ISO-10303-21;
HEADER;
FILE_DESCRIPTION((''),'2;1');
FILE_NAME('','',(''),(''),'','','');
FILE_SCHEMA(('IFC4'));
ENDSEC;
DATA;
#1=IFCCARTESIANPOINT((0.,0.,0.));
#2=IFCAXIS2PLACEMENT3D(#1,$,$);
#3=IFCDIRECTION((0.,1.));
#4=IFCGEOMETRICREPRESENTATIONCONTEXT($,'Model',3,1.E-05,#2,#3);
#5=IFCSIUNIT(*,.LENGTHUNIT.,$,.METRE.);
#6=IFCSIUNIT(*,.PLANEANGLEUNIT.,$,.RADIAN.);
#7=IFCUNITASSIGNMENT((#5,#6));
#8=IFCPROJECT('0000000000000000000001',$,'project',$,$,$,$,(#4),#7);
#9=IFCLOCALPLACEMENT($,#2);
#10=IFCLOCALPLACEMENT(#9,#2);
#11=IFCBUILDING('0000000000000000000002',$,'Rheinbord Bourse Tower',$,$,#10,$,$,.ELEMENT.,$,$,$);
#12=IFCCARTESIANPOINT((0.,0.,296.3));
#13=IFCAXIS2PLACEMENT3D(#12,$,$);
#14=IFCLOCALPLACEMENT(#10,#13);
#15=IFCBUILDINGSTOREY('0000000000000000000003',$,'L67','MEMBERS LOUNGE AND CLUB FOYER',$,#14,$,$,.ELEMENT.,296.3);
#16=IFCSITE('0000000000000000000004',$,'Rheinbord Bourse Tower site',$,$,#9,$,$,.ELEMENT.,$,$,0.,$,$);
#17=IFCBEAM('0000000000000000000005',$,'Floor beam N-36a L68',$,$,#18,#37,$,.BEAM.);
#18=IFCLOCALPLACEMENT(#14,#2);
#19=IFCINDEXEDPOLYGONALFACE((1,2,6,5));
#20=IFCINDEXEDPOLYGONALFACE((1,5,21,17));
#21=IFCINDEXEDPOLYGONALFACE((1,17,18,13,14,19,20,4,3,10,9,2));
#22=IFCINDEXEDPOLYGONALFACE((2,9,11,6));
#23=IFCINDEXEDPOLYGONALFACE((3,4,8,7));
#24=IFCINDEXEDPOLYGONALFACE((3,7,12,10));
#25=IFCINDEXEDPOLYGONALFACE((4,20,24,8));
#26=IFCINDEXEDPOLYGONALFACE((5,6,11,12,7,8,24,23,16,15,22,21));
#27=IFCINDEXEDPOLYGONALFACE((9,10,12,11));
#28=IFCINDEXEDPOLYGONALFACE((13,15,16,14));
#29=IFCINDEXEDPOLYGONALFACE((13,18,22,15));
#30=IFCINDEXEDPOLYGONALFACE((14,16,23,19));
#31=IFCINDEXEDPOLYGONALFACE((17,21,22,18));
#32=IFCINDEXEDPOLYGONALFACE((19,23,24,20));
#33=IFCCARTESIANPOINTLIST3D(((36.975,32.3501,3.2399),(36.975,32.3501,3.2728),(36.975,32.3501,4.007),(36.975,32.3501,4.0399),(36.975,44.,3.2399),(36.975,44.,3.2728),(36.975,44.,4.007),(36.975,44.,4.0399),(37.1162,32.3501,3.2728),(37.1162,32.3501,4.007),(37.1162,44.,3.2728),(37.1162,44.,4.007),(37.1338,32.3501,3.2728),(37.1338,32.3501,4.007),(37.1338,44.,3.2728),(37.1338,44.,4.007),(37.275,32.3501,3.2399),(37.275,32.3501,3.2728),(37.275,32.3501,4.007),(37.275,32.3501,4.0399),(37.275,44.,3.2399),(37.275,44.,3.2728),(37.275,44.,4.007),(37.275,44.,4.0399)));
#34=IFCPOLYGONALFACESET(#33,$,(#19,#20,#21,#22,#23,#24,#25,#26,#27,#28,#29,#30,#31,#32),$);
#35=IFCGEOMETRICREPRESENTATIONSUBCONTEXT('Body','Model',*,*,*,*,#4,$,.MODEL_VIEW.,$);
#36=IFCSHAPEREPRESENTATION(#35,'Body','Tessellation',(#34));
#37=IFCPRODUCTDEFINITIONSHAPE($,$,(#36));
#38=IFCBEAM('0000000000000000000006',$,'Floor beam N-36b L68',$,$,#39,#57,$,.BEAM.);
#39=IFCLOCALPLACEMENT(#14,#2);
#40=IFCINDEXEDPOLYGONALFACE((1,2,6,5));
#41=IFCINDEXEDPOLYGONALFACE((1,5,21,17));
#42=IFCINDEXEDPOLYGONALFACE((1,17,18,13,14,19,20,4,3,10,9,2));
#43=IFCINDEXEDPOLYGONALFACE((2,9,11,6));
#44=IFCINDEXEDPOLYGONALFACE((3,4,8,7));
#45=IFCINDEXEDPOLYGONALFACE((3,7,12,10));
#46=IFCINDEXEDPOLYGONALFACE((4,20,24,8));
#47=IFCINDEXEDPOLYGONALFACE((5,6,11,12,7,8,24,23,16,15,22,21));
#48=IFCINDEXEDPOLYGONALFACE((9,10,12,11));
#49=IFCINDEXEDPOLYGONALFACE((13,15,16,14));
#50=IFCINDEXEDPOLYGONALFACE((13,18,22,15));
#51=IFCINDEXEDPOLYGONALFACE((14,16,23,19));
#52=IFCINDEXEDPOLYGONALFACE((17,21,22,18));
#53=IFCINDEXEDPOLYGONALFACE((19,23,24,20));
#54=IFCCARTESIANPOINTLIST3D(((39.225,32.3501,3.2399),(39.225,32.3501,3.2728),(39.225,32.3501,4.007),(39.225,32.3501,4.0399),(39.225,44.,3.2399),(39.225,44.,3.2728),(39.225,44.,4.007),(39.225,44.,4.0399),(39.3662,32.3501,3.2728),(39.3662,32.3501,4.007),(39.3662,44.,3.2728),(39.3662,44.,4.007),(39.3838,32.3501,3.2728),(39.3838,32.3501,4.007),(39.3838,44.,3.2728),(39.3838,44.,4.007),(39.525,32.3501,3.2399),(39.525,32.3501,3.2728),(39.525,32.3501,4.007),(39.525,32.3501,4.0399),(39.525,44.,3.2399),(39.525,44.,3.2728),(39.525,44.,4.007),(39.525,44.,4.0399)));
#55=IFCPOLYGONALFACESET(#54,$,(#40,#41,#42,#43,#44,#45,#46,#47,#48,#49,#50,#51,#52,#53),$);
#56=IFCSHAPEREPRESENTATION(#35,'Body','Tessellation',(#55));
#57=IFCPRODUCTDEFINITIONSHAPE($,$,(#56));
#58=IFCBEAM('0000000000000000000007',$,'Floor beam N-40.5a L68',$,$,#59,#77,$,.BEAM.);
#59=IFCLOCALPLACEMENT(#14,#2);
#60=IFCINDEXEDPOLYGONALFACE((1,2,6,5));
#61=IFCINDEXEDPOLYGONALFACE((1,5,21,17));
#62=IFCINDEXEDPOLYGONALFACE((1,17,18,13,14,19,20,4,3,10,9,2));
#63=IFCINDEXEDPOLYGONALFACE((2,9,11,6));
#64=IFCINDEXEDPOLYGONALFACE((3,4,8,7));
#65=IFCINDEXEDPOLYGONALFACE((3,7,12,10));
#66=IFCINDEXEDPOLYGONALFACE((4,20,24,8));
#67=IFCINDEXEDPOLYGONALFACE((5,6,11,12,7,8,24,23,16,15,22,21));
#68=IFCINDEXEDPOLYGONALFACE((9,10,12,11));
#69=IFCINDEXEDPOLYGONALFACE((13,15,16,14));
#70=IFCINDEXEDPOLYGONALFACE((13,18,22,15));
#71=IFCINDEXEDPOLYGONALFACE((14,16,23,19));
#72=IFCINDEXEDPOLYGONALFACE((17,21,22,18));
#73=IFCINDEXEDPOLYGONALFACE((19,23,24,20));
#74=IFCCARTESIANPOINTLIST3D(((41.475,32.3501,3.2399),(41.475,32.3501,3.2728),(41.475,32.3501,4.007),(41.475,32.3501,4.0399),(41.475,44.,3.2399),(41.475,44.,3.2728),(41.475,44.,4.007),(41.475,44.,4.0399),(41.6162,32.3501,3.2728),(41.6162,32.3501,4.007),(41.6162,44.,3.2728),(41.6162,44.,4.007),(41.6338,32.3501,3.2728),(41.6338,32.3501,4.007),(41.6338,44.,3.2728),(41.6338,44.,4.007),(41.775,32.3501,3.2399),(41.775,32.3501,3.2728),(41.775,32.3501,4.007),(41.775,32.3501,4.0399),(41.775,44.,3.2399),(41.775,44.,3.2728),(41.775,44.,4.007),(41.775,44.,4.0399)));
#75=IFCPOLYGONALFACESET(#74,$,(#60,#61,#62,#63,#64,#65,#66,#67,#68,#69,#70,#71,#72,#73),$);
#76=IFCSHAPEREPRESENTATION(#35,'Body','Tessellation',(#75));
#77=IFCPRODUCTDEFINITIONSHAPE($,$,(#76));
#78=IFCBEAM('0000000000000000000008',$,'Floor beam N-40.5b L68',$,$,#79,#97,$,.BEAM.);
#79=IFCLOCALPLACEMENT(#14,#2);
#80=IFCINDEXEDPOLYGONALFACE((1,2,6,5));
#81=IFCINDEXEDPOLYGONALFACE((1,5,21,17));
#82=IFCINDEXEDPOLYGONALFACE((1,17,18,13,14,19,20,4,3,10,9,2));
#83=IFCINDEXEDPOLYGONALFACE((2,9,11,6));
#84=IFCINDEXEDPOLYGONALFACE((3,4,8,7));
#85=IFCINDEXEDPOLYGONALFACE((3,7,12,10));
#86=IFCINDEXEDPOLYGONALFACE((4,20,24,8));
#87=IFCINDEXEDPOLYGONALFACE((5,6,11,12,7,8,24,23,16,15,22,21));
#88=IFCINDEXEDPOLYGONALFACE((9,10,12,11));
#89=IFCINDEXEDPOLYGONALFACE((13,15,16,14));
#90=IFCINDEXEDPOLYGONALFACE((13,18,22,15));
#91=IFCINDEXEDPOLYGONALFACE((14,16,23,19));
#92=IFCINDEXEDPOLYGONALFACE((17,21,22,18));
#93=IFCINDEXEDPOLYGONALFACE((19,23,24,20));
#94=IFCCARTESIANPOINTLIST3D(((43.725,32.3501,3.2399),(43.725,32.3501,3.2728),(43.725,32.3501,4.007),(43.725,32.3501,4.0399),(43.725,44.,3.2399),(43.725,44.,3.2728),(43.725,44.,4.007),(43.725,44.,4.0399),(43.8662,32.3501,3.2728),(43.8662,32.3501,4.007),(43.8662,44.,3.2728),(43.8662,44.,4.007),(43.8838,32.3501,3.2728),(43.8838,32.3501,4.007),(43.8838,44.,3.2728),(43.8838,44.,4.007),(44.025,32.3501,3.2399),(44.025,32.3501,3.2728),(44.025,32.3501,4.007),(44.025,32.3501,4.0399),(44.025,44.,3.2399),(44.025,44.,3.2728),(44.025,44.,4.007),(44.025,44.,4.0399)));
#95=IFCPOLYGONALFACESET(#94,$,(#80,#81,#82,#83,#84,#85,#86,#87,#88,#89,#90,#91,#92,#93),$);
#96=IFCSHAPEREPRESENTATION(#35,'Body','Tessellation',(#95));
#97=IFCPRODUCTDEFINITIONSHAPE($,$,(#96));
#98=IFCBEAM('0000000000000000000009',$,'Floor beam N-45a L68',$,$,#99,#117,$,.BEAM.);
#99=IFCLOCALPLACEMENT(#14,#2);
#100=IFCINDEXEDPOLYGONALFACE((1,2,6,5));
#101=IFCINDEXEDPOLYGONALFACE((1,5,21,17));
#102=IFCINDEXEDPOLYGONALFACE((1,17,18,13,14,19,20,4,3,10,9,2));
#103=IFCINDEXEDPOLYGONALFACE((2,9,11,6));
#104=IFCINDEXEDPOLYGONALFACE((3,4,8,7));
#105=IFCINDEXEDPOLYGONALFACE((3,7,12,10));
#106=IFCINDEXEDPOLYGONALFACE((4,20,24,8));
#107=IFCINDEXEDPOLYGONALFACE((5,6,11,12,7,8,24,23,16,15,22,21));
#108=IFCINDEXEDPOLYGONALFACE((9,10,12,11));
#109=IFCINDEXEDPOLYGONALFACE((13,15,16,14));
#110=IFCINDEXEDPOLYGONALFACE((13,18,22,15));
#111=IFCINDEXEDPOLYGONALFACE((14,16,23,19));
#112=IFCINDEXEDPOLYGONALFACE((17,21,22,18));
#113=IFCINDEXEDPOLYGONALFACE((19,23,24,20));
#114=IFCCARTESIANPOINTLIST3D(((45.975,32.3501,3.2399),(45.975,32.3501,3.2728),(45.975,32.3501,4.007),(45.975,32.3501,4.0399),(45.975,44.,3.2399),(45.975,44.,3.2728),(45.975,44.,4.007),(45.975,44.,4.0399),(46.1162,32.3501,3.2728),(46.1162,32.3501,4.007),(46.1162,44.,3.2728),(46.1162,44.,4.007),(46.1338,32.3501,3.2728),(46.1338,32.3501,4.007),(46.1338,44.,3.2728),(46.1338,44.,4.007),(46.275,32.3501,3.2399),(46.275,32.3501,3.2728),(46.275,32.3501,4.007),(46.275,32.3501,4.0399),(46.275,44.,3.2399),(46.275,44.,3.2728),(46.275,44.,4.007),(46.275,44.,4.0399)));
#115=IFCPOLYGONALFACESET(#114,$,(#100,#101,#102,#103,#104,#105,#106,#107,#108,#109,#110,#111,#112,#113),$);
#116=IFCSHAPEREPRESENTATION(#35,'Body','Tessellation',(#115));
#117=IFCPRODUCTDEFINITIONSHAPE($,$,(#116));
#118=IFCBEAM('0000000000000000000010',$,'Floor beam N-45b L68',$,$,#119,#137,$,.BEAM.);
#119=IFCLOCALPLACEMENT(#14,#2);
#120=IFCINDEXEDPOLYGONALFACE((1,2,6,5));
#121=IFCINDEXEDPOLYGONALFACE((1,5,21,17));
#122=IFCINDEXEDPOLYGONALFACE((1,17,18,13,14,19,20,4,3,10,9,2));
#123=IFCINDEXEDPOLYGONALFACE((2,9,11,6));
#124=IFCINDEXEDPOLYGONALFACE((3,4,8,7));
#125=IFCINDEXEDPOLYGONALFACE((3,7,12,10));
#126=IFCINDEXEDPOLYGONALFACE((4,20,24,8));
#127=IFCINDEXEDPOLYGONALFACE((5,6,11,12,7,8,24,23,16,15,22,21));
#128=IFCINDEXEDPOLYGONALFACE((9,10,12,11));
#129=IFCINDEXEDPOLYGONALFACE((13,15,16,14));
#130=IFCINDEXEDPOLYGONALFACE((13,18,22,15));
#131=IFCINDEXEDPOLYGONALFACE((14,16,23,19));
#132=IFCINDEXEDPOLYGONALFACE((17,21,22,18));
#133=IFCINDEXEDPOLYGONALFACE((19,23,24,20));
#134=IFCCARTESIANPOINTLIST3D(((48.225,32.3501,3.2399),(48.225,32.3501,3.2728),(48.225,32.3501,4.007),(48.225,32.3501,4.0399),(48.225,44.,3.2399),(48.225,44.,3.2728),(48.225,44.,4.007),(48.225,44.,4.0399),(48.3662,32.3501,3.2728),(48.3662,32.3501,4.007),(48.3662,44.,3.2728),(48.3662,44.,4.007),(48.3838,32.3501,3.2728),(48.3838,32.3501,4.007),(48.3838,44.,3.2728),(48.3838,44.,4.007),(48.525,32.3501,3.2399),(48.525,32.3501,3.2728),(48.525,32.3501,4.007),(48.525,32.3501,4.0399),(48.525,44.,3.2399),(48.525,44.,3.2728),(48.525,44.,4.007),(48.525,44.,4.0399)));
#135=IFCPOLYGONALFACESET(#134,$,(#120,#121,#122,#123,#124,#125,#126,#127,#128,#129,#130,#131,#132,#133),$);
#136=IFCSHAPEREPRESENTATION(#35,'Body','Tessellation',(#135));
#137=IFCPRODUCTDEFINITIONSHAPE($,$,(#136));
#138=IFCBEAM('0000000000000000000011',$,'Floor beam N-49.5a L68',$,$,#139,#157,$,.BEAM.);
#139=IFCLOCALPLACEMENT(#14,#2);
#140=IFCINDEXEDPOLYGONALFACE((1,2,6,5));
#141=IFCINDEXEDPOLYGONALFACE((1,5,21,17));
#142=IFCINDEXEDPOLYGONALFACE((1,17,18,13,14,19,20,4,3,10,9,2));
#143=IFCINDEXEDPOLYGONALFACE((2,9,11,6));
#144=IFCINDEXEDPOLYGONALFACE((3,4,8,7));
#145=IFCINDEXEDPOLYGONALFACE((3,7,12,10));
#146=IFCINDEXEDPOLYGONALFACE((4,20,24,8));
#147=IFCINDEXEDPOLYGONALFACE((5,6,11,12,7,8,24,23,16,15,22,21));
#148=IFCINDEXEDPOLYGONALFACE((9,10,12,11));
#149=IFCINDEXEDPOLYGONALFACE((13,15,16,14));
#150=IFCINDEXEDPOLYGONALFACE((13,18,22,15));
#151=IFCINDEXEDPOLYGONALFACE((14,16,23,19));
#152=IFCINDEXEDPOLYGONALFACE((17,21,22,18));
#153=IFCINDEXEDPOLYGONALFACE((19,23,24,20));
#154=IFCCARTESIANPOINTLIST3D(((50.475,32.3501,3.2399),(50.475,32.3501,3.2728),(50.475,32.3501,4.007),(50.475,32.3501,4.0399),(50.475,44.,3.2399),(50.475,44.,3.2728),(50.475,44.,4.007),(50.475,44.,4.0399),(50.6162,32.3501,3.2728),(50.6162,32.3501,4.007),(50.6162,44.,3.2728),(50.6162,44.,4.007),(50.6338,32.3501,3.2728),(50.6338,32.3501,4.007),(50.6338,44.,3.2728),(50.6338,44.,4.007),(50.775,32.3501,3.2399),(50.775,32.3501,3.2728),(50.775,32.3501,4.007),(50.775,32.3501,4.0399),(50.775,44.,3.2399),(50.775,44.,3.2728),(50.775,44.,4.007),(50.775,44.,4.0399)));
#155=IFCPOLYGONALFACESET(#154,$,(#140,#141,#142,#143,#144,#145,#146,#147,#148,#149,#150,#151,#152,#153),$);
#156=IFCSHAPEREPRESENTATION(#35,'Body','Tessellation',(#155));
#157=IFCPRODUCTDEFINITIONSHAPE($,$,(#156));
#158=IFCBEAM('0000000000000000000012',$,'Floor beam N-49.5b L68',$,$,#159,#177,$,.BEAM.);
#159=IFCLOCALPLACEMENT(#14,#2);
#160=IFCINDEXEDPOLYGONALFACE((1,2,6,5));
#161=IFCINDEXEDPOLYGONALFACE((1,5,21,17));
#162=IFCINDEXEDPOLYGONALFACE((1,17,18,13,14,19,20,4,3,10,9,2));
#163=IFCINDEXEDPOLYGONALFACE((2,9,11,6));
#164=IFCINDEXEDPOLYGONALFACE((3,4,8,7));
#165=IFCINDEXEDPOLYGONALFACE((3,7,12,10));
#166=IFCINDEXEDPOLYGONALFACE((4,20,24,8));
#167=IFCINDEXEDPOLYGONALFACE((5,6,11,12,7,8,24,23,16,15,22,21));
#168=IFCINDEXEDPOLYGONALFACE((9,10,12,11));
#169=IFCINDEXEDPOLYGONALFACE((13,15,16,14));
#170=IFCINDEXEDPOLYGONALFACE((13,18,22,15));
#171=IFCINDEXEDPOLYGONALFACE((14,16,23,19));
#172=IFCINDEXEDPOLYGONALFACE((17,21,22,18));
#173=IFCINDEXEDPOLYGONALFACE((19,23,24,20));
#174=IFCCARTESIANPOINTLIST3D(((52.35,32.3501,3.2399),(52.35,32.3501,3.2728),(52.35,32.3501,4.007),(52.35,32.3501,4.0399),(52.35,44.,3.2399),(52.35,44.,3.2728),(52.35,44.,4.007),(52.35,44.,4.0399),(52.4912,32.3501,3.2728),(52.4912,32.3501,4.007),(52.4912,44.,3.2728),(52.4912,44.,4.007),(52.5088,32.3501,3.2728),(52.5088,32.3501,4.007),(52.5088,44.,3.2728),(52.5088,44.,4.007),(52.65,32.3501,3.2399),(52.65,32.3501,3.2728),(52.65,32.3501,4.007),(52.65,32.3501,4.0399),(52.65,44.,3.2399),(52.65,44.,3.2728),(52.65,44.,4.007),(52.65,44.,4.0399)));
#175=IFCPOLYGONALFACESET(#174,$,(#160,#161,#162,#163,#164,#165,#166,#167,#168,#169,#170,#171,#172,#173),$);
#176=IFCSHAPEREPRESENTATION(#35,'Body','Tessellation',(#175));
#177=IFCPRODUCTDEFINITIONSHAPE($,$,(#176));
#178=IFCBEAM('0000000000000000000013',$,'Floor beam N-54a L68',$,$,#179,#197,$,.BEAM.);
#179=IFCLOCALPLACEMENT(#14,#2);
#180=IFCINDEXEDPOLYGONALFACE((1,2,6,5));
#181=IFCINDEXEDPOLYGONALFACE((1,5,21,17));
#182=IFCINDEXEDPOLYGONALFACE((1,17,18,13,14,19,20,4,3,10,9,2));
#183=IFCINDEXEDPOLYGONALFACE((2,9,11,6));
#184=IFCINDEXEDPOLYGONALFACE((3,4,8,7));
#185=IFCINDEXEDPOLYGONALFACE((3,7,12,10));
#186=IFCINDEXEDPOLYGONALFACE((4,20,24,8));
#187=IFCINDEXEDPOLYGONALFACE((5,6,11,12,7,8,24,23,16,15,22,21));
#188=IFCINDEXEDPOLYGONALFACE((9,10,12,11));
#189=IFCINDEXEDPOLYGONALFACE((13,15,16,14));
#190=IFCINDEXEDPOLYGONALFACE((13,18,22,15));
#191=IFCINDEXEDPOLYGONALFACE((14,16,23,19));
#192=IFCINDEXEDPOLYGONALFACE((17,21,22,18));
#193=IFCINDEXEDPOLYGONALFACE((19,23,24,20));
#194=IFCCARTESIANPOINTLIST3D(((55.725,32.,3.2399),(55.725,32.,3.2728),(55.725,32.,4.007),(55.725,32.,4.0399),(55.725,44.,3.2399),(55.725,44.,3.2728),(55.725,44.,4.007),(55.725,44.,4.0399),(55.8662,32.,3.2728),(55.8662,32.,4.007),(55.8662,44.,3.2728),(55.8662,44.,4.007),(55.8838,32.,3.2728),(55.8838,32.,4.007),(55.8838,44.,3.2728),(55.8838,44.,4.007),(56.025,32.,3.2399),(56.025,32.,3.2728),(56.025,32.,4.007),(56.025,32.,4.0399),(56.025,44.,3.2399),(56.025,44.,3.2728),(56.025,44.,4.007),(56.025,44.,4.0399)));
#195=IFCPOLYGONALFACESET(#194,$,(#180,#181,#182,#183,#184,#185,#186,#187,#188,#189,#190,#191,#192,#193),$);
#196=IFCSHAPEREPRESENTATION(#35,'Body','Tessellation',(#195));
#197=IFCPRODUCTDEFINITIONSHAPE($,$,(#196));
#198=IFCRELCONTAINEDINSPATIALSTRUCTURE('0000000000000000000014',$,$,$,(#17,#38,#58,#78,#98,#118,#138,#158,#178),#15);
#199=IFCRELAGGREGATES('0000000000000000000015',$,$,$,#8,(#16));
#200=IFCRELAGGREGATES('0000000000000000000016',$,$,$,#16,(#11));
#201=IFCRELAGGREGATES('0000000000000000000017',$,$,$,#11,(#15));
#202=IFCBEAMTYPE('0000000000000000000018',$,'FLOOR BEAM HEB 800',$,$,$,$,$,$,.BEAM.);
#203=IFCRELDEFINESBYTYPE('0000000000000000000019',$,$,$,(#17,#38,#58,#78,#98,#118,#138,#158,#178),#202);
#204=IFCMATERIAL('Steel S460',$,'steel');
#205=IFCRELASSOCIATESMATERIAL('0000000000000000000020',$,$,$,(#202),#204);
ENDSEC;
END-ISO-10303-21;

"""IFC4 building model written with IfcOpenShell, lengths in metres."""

from ifc_helpers import new_model, si_unit, direction, frame, origin, origin_2d, place, context, subcontext, project, spatial, i_section, extrude, material, material_profile, profile_set, type_object, element, save


model = new_model("IFC4")

# Units and contexts
model_context = context("Model", 3, precision=1e-05, world=origin(), true_north=direction((0.0, 1.0)))
body_context = subcontext(model_context, "Body", "Model", "MODEL_VIEW")
ifc_project = project(units=[si_unit("LENGTHUNIT", "METRE"), si_unit("PLANEANGLEUNIT", "RADIAN")], contexts=[model_context])

# Site, building, storey
site_placement = place(None, origin())
site = spatial("IfcSite", under=ifc_project, at=site_placement, Name="Rheinbord Bourse Tower site", CompositionType="ELEMENT", RefElevation=0.0)
building_placement = place(site_placement, origin())
building = spatial("IfcBuilding", under=site, at=building_placement, Name="Rheinbord Bourse Tower", CompositionType="ELEMENT")
storey_placement = place(building_placement, frame((0.0, 0.0, 296.3)))
storey = spatial("IfcBuildingStorey", under=building, at=storey_placement, Name="L67", Description="MEMBERS LOUNGE AND CLUB FOYER", CompositionType="ELEMENT", Elevation=296.3)

# Beams
ifc_material_1 = material(Name="Steel S460", Category="steel")
ifc_material_profile_1 = material_profile(ifc_material_1, i_section(OverallWidth=0.3, OverallDepth=0.8, WebThickness=0.0176, FlangeThickness=0.033, at=origin_2d()), Name="HEB 800")
ifc_profile_set_1 = profile_set([ifc_material_profile_1], Name="Steel S460")
beam_type_1 = type_object("IfcBeamType", Name="FLOOR BEAM HEB 800", PredefinedType="BEAM", material=ifc_profile_set_1)
for number, where, z_axis, x_axis, name in (
    (1, (37.125, 44.0, 3.6399), (0.0, -1.0, 0.0), (1.0, 0.0, 0.0), "Floor beam N-36a L68"),
    (2, (39.375, 44.0, 3.6399), (0.0, -1.0, 0.0), (1.0, 0.0, 0.0), "Floor beam N-36b L68"),
    (3, (41.625, 44.0, 3.6399), (0.0, -1.0, 0.0), (1.0, 0.0, 0.0), "Floor beam N-40.5a L68"),
    (4, (43.875, 44.0, 3.6399), (0.0, -1.0, 0.0), (1.0, 0.0, 0.0), "Floor beam N-40.5b L68"),
    (5, (46.125, 44.0, 3.6399), (0.0, -1.0, 0.0), (1.0, 0.0, 0.0), "Floor beam N-45a L68"),
    (6, (48.375, 44.0, 3.6399), (0.0, -1.0, 0.0), (1.0, 0.0, 0.0), "Floor beam N-45b L68"),
    (7, (50.625, 44.0, 3.6399), (0.0, -1.0, 0.0), (1.0, 0.0, 0.0), "Floor beam N-49.5a L68"),
    (8, (52.5, 44.0, 3.6399), (0.0, -1.0, 0.0), (1.0, 0.0, 0.0), "Floor beam N-49.5b L68"),
):
    element("IfcBeam", number, at=place(storey_placement, frame(where, z_axis=z_axis, x_axis=x_axis)), inside=storey, type_object=beam_type_1, Name=name, PredefinedType="BEAM", context=body_context, shape_type="SweptSolid", body=[
        extrude(i_section(OverallWidth=0.3, OverallDepth=0.8, WebThickness=0.0176, FlangeThickness=0.033, at=origin_2d()), origin(), (0.0, 0.0, 1.0), 11.6499),
    ])
beam_placement = place(storey_placement, frame((55.875, 44.0, 3.6399), z_axis=(0.0, -1.0, 0.0), x_axis=(1.0, 0.0, 0.0)))
element("IfcBeam", 9, at=beam_placement, inside=storey, type_object=beam_type_1, Name="Floor beam N-54a L68", PredefinedType="BEAM", context=body_context, shape_type="SweptSolid", body=[
    extrude(i_section(OverallWidth=0.3, OverallDepth=0.8, WebThickness=0.0176, FlangeThickness=0.033, at=origin_2d()), origin(), (0.0, 0.0, 1.0), 12.0),
])

save(model, "model.ifc")
